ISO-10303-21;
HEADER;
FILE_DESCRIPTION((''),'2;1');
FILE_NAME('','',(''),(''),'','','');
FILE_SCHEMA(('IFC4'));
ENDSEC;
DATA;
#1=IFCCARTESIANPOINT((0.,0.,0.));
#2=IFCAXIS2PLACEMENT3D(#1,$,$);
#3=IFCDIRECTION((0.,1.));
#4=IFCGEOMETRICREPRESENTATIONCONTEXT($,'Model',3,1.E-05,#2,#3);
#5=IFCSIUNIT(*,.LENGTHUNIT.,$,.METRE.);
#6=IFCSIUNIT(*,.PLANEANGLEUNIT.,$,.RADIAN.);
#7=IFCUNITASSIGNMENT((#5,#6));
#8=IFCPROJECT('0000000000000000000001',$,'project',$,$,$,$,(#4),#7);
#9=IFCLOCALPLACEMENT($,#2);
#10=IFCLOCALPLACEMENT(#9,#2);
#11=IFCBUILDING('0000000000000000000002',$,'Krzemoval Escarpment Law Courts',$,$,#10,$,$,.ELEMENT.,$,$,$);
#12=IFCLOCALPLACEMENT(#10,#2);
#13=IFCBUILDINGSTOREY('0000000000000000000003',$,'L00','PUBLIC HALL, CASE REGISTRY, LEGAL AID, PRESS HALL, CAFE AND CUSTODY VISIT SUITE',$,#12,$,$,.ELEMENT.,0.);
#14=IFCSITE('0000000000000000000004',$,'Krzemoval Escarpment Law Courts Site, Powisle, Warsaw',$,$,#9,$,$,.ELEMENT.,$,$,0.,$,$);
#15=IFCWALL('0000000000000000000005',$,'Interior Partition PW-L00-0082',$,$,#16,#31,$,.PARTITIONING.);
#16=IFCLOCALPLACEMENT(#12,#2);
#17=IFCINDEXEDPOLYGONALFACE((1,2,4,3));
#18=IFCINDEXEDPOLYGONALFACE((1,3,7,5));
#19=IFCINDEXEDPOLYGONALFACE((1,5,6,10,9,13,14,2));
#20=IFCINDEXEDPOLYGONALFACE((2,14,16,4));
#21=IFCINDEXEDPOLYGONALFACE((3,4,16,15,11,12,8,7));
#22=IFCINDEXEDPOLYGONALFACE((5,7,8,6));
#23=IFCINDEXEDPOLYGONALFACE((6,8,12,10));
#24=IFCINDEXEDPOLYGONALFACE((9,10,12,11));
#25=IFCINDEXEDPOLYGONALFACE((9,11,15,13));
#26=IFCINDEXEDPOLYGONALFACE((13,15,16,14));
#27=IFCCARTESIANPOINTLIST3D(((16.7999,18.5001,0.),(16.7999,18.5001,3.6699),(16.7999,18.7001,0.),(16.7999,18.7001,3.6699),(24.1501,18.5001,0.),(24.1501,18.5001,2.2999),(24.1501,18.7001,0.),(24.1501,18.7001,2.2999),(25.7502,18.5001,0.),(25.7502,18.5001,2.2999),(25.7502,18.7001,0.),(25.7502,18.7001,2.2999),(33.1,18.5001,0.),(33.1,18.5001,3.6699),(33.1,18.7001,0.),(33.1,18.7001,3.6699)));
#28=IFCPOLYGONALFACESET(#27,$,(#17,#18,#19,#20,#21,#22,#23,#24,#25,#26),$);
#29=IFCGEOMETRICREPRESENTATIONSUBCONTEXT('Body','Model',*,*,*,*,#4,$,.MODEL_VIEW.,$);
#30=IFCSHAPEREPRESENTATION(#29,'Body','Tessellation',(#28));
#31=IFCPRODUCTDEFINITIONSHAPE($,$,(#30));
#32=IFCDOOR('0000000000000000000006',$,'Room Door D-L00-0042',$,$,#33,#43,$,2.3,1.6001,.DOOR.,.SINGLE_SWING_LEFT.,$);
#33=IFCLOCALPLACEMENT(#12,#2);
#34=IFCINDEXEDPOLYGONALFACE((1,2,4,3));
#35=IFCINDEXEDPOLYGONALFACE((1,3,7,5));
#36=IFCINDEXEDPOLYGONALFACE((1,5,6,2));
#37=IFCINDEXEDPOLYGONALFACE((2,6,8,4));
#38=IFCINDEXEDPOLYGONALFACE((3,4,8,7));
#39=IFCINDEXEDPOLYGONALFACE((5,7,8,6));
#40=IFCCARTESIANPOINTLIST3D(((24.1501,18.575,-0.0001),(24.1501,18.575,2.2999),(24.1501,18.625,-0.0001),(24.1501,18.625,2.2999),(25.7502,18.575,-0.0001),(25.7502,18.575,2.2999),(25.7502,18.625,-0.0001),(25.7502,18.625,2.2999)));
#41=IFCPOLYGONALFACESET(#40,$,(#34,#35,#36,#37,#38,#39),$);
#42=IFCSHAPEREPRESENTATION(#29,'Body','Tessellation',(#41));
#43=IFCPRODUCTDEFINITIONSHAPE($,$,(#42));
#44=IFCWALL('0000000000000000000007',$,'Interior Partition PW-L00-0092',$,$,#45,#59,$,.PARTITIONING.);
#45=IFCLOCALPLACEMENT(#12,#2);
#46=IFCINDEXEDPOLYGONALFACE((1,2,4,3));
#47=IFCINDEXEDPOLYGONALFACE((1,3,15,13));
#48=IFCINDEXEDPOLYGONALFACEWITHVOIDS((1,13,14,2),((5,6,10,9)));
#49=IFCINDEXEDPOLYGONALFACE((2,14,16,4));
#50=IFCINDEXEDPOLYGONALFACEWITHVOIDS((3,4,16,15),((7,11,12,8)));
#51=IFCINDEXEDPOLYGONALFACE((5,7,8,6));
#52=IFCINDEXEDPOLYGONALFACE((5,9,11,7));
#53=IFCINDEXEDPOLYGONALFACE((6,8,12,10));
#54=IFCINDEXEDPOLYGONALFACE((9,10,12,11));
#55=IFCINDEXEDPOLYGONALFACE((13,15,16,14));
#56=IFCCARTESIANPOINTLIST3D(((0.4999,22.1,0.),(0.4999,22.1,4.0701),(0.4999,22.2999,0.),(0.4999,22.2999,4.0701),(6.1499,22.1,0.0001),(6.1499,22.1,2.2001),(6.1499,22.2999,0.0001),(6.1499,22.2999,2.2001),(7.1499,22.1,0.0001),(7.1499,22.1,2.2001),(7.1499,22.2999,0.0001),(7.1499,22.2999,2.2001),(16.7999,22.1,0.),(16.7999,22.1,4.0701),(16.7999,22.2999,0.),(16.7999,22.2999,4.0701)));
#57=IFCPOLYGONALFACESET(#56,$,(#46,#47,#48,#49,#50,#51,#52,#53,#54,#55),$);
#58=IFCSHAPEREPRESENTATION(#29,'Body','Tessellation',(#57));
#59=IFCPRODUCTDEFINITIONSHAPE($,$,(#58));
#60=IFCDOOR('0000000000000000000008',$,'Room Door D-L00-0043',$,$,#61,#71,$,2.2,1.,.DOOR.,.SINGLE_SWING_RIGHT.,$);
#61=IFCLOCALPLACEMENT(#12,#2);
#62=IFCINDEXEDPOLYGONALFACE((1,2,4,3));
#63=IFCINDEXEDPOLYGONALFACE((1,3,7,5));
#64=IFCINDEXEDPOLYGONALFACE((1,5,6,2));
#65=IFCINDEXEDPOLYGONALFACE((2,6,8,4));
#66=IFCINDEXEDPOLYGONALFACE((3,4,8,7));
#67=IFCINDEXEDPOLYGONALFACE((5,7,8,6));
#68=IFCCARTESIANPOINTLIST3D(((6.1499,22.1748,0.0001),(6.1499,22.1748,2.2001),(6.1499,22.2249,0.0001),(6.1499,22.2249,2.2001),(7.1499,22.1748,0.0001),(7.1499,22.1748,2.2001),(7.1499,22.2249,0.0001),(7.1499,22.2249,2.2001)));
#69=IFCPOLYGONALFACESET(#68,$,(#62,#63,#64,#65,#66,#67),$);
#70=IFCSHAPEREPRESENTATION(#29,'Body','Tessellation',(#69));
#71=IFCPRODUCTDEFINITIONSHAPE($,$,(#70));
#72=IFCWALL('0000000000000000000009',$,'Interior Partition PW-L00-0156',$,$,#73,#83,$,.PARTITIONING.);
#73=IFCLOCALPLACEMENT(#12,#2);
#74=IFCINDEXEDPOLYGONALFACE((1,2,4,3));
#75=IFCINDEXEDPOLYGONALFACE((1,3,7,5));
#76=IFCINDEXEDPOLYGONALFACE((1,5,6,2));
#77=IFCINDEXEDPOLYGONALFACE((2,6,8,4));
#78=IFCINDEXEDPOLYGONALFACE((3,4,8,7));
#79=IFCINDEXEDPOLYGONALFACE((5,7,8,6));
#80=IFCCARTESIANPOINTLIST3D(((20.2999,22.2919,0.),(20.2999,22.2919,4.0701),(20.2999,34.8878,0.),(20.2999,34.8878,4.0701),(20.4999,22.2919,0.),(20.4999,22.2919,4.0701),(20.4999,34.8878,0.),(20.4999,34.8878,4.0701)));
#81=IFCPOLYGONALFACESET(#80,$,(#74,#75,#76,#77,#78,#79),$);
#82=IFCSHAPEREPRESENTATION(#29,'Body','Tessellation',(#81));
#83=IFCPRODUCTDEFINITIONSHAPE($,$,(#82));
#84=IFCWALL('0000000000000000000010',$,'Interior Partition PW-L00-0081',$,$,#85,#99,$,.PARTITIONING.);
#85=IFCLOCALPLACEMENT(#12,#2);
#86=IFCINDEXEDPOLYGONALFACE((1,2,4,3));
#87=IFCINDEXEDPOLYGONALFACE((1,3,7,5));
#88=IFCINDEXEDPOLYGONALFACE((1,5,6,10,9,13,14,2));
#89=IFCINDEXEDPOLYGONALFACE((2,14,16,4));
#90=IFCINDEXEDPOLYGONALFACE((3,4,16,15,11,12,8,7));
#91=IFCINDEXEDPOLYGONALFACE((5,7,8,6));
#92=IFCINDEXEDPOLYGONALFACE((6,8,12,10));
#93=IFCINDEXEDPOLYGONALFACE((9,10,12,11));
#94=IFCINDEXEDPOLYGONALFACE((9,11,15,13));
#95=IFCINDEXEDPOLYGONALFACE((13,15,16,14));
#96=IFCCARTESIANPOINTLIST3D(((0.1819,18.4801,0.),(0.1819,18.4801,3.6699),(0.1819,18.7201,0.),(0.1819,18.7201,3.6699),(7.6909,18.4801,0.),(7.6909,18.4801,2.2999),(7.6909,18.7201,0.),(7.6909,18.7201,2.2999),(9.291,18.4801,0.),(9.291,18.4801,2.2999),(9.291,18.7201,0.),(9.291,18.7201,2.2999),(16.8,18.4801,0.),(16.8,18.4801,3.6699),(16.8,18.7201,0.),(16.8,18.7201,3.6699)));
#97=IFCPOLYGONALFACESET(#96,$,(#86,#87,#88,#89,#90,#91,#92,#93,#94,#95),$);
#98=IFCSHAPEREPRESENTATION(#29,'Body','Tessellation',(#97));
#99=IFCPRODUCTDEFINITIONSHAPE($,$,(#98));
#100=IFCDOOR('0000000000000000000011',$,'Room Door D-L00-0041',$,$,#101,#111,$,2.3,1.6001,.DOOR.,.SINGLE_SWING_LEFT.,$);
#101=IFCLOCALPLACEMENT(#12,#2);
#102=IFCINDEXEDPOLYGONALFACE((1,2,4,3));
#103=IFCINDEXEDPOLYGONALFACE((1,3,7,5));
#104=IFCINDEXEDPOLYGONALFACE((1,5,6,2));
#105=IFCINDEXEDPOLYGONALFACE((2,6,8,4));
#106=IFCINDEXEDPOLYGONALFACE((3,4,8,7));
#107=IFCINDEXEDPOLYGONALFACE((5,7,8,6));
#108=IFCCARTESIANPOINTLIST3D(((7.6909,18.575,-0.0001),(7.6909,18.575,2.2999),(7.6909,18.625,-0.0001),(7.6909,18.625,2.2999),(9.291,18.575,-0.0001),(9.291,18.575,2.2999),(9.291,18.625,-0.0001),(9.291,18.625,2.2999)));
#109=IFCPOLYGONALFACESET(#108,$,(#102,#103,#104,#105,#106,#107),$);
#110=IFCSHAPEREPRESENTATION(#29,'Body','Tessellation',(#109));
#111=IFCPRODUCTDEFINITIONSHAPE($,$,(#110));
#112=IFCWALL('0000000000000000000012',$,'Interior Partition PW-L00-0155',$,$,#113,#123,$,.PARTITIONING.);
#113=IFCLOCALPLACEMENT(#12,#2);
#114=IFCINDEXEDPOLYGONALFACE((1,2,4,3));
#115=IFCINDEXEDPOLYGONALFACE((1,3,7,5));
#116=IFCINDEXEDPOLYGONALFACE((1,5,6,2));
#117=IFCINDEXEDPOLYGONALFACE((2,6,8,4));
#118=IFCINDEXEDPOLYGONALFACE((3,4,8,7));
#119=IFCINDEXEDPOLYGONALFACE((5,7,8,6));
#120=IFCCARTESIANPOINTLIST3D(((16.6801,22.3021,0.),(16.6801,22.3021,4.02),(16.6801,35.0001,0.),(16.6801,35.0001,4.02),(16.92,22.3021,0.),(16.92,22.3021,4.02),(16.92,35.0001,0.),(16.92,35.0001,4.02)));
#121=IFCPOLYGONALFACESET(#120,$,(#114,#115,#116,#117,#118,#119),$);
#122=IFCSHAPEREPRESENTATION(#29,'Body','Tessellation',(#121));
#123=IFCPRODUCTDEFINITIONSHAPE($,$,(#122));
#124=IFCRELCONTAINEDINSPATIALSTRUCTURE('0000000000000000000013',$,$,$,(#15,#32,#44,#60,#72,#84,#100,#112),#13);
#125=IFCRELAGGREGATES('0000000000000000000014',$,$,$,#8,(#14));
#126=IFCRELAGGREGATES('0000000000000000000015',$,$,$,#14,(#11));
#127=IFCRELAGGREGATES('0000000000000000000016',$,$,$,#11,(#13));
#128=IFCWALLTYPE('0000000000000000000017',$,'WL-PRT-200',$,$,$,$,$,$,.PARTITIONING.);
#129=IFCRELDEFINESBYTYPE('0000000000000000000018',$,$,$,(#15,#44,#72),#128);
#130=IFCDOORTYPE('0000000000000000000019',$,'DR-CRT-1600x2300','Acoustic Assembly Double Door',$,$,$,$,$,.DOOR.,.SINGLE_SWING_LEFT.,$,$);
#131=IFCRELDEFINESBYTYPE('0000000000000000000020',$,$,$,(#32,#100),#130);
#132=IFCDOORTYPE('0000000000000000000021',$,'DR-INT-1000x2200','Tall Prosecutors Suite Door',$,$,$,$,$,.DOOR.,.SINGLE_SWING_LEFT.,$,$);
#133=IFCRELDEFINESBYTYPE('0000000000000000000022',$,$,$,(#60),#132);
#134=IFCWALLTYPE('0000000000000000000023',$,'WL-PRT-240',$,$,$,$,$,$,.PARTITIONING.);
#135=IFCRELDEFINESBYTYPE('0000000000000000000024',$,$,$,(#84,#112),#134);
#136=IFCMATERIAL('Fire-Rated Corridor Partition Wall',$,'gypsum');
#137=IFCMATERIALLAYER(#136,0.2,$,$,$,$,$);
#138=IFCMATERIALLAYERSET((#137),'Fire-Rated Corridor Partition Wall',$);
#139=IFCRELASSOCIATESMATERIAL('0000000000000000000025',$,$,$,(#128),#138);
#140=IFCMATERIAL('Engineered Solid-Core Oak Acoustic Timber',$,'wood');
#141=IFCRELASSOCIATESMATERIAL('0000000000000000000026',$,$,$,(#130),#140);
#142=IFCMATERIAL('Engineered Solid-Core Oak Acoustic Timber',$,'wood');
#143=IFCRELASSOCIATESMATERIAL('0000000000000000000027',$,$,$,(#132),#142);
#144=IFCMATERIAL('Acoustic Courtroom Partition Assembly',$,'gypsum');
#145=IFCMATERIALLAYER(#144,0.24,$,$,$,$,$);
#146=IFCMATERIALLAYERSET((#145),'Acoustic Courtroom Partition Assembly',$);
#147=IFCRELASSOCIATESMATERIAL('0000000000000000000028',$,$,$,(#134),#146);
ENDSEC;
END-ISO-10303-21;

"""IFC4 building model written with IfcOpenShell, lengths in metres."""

from ifc_helpers import new_model, si_unit, direction, frame, frame_2d, origin, place, context, subcontext, project, spatial, rectangle, extrude, material, layer, layer_set, type_object, element, fill, save


model = new_model("IFC4")

# Units and contexts
model_context = context("Model", 3, precision=1e-05, world=origin(), true_north=direction((0.0, 1.0)))
body_context = subcontext(model_context, "Body", "Model", "MODEL_VIEW")
ifc_project = project(units=[si_unit("LENGTHUNIT", "METRE"), si_unit("PLANEANGLEUNIT", "RADIAN")], contexts=[model_context])

# Site, building, storey
site_placement = place(None, origin())
site = spatial("IfcSite", under=ifc_project, at=site_placement, Name="Krzemoval Escarpment Law Courts Site, Powisle, Warsaw", CompositionType="ELEMENT", RefElevation=0.0)
building_placement = place(site_placement, origin())
building = spatial("IfcBuilding", under=site, at=building_placement, Name="Krzemoval Escarpment Law Courts", CompositionType="ELEMENT")
storey_placement = place(building_placement, origin())
storey = spatial("IfcBuildingStorey", under=building, at=storey_placement, Name="L00", Description="PUBLIC HALL, CASE REGISTRY, LEGAL AID, PRESS HALL, CAFE AND CUSTODY VISIT SUITE", CompositionType="ELEMENT", Elevation=0.0)

# Walls, openings, doors
ifc_material_1 = material(Name="Fire-Rated Corridor Partition Wall", Category="gypsum")
ifc_layer_1 = layer(ifc_material_1, 0.2)
ifc_layer_set_1 = layer_set([ifc_layer_1], Name="Fire-Rated Corridor Partition Wall")
wall_type_1 = type_object("IfcWallType", Name="WL-PRT-200", PredefinedType="PARTITIONING", material=ifc_layer_set_1)
wall_1_placement = place(storey_placement, frame((16.8, 18.6001, 0.0), z_axis=(0.0, 0.0, 1.0), x_axis=(1.0, 0.0, 0.0)))
wall_1 = element("IfcWall", 1, at=wall_1_placement, inside=storey, type_object=wall_type_1, Name="Interior Partition PW-L00-0082", PredefinedType="PARTITIONING", context=body_context, shape_type="SweptSolid", body=[
    extrude(rectangle(XDim=16.3, YDim=0.2, at=frame_2d((8.1499, 0.0))), origin(), (0.0, 0.0, 1.0), 3.6699),
])
opening_1_placement = place(wall_1_placement, frame((7.3501, 0.0, 0.0)))
opening_1 = element("IfcOpeningElement", 2, at=opening_1_placement, cuts=wall_1, PredefinedType="OPENING", context=body_context, shape_type="SweptSolid", body=[
    extrude(rectangle(XDim=1.6001, YDim=2.3, at=frame_2d((0.8, 1.1499))), frame((0.0, 0.115, 0.0), z_axis=(0.0, -1.0, 0.0), x_axis=(1.0, 0.0, 0.0)), (0.0, 0.0, 1.0), 0.2299),
])
ifc_material_2 = material(Name="Engineered Solid-Core Oak Acoustic Timber", Category="wood")
door_type_1 = type_object("IfcDoorType", Name="DR-CRT-1600x2300", Description="Acoustic Assembly Double Door", OperationType="SINGLE_SWING_LEFT", PredefinedType="DOOR", material=ifc_material_2)
door_1_placement = place(opening_1_placement, origin())
door_1 = element("IfcDoor", 3, at=door_1_placement, inside=storey, type_object=door_type_1, Name="Room Door D-L00-0042", OperationType="SINGLE_SWING_LEFT", OverallHeight=2.3, OverallWidth=1.6001, PredefinedType="DOOR", context=body_context, shape_type="SweptSolid", body=[
    extrude(rectangle(XDim=1.6001, YDim=2.3, at=frame_2d((0.8, 1.1499))), frame((0.0, 0.0249, 0.0), z_axis=(0.0, -1.0, 0.0), x_axis=(1.0, 0.0, 0.0)), (0.0, 0.0, 1.0), 0.05),
])
fill(opening_1, door_1)
wall_2_placement = place(storey_placement, frame((0.5, 22.2, 0.0), z_axis=(0.0, 0.0, 1.0), x_axis=(1.0, 0.0, 0.0)))
wall_2 = element("IfcWall", 4, at=wall_2_placement, inside=storey, type_object=wall_type_1, Name="Interior Partition PW-L00-0092", PredefinedType="PARTITIONING", context=body_context, shape_type="SweptSolid", body=[
    extrude(rectangle(XDim=16.3, YDim=0.2, at=frame_2d((8.1499, 0.0))), origin(), (0.0, 0.0, 1.0), 4.0701),
])
opening_2_placement = place(wall_2_placement, frame((5.6499, 0.0, 0.0)))
opening_2 = element("IfcOpeningElement", 5, at=opening_2_placement, cuts=wall_2, PredefinedType="OPENING", context=body_context, shape_type="SweptSolid", body=[
    extrude(rectangle(XDim=1.0, YDim=2.2, at=frame_2d((0.5, 1.1001))), frame((0.0, 0.115, 0.0), z_axis=(0.0, -1.0, 0.0), x_axis=(1.0, 0.0, 0.0)), (0.0, 0.0, 1.0), 0.2299),
])
ifc_material_3 = material(Name="Engineered Solid-Core Oak Acoustic Timber", Category="wood")
door_type_2 = type_object("IfcDoorType", Name="DR-INT-1000x2200", Description="Tall Prosecutors Suite Door", OperationType="SINGLE_SWING_LEFT", PredefinedType="DOOR", material=ifc_material_3)
door_2_placement = place(opening_2_placement, origin())
door_2 = element("IfcDoor", 6, at=door_2_placement, inside=storey, type_object=door_type_2, Name="Room Door D-L00-0043", OperationType="SINGLE_SWING_RIGHT", OverallHeight=2.2, OverallWidth=1.0, PredefinedType="DOOR", context=body_context, shape_type="SweptSolid", body=[
    extrude(rectangle(XDim=1.0, YDim=2.2, at=frame_2d((0.5, 1.1001))), frame((0.0, 0.0249, 0.0), z_axis=(0.0, -1.0, 0.0), x_axis=(1.0, 0.0, 0.0)), (0.0, 0.0, 1.0), 0.05),
])
fill(opening_2, door_2)

# Wall
wall_3_placement = place(storey_placement, frame((20.3999, 22.292, 0.0), z_axis=(0.0, 0.0, 1.0), x_axis=(0.0, 1.0, 0.0)))
element("IfcWall", 7, at=wall_3_placement, inside=storey, type_object=wall_type_1, Name="Interior Partition PW-L00-0156", PredefinedType="PARTITIONING", context=body_context, shape_type="SweptSolid", body=[
    extrude(rectangle(XDim=12.5959, YDim=0.2, at=frame_2d((6.2979, 0.0))), origin(), (0.0, 0.0, 1.0), 4.0701),
])

# Wall, opening, door
ifc_material_4 = material(Name="Acoustic Courtroom Partition Assembly", Category="gypsum")
ifc_layer_2 = layer(ifc_material_4, 0.24)
ifc_layer_set_2 = layer_set([ifc_layer_2], Name="Acoustic Courtroom Partition Assembly")
wall_type_2 = type_object("IfcWallType", Name="WL-PRT-240", PredefinedType="PARTITIONING", material=ifc_layer_set_2)
wall_4_placement = place(storey_placement, frame((0.1819, 18.6001, 0.0), z_axis=(0.0, 0.0, 1.0), x_axis=(1.0, 0.0, 0.0)))
wall_4 = element("IfcWall", 8, at=wall_4_placement, inside=storey, type_object=wall_type_2, Name="Interior Partition PW-L00-0081", PredefinedType="PARTITIONING", context=body_context, shape_type="SweptSolid", body=[
    extrude(rectangle(XDim=16.6182, YDim=0.24, at=frame_2d((8.3091, 0.0))), origin(), (0.0, 0.0, 1.0), 3.6699),
])
opening_3_placement = place(wall_4_placement, frame((7.509, 0.0, 0.0)))
opening_3 = element("IfcOpeningElement", 9, at=opening_3_placement, cuts=wall_4, PredefinedType="OPENING", context=body_context, shape_type="SweptSolid", body=[
    extrude(rectangle(XDim=1.6001, YDim=2.3, at=frame_2d((0.8, 1.1499))), frame((0.0, 0.135, 0.0), z_axis=(0.0, -1.0, 0.0), x_axis=(1.0, 0.0, 0.0)), (0.0, 0.0, 1.0), 0.27),
])
door_3_placement = place(opening_3_placement, origin())
door_3 = element("IfcDoor", 10, at=door_3_placement, inside=storey, type_object=door_type_1, Name="Room Door D-L00-0041", OperationType="SINGLE_SWING_LEFT", OverallHeight=2.3, OverallWidth=1.6001, PredefinedType="DOOR", context=body_context, shape_type="SweptSolid", body=[
    extrude(rectangle(XDim=1.6001, YDim=2.3, at=frame_2d((0.8, 1.1499))), frame((0.0, 0.0249, 0.0), z_axis=(0.0, -1.0, 0.0), x_axis=(1.0, 0.0, 0.0)), (0.0, 0.0, 1.0), 0.05),
])
fill(opening_3, door_3)

# Wall
wall_5_placement = place(storey_placement, frame((16.8, 22.302, 0.0), z_axis=(0.0, 0.0, 1.0), x_axis=(0.0, 1.0, 0.0)))
element("IfcWall", 11, at=wall_5_placement, inside=storey, type_object=wall_type_2, Name="Interior Partition PW-L00-0155", PredefinedType="PARTITIONING", context=body_context, shape_type="SweptSolid", body=[
    extrude(rectangle(XDim=12.698, YDim=0.24, at=frame_2d((6.3491, 0.0))), origin(), (0.0, 0.0, 1.0), 4.02),
])

save(model, "model.ifc")
